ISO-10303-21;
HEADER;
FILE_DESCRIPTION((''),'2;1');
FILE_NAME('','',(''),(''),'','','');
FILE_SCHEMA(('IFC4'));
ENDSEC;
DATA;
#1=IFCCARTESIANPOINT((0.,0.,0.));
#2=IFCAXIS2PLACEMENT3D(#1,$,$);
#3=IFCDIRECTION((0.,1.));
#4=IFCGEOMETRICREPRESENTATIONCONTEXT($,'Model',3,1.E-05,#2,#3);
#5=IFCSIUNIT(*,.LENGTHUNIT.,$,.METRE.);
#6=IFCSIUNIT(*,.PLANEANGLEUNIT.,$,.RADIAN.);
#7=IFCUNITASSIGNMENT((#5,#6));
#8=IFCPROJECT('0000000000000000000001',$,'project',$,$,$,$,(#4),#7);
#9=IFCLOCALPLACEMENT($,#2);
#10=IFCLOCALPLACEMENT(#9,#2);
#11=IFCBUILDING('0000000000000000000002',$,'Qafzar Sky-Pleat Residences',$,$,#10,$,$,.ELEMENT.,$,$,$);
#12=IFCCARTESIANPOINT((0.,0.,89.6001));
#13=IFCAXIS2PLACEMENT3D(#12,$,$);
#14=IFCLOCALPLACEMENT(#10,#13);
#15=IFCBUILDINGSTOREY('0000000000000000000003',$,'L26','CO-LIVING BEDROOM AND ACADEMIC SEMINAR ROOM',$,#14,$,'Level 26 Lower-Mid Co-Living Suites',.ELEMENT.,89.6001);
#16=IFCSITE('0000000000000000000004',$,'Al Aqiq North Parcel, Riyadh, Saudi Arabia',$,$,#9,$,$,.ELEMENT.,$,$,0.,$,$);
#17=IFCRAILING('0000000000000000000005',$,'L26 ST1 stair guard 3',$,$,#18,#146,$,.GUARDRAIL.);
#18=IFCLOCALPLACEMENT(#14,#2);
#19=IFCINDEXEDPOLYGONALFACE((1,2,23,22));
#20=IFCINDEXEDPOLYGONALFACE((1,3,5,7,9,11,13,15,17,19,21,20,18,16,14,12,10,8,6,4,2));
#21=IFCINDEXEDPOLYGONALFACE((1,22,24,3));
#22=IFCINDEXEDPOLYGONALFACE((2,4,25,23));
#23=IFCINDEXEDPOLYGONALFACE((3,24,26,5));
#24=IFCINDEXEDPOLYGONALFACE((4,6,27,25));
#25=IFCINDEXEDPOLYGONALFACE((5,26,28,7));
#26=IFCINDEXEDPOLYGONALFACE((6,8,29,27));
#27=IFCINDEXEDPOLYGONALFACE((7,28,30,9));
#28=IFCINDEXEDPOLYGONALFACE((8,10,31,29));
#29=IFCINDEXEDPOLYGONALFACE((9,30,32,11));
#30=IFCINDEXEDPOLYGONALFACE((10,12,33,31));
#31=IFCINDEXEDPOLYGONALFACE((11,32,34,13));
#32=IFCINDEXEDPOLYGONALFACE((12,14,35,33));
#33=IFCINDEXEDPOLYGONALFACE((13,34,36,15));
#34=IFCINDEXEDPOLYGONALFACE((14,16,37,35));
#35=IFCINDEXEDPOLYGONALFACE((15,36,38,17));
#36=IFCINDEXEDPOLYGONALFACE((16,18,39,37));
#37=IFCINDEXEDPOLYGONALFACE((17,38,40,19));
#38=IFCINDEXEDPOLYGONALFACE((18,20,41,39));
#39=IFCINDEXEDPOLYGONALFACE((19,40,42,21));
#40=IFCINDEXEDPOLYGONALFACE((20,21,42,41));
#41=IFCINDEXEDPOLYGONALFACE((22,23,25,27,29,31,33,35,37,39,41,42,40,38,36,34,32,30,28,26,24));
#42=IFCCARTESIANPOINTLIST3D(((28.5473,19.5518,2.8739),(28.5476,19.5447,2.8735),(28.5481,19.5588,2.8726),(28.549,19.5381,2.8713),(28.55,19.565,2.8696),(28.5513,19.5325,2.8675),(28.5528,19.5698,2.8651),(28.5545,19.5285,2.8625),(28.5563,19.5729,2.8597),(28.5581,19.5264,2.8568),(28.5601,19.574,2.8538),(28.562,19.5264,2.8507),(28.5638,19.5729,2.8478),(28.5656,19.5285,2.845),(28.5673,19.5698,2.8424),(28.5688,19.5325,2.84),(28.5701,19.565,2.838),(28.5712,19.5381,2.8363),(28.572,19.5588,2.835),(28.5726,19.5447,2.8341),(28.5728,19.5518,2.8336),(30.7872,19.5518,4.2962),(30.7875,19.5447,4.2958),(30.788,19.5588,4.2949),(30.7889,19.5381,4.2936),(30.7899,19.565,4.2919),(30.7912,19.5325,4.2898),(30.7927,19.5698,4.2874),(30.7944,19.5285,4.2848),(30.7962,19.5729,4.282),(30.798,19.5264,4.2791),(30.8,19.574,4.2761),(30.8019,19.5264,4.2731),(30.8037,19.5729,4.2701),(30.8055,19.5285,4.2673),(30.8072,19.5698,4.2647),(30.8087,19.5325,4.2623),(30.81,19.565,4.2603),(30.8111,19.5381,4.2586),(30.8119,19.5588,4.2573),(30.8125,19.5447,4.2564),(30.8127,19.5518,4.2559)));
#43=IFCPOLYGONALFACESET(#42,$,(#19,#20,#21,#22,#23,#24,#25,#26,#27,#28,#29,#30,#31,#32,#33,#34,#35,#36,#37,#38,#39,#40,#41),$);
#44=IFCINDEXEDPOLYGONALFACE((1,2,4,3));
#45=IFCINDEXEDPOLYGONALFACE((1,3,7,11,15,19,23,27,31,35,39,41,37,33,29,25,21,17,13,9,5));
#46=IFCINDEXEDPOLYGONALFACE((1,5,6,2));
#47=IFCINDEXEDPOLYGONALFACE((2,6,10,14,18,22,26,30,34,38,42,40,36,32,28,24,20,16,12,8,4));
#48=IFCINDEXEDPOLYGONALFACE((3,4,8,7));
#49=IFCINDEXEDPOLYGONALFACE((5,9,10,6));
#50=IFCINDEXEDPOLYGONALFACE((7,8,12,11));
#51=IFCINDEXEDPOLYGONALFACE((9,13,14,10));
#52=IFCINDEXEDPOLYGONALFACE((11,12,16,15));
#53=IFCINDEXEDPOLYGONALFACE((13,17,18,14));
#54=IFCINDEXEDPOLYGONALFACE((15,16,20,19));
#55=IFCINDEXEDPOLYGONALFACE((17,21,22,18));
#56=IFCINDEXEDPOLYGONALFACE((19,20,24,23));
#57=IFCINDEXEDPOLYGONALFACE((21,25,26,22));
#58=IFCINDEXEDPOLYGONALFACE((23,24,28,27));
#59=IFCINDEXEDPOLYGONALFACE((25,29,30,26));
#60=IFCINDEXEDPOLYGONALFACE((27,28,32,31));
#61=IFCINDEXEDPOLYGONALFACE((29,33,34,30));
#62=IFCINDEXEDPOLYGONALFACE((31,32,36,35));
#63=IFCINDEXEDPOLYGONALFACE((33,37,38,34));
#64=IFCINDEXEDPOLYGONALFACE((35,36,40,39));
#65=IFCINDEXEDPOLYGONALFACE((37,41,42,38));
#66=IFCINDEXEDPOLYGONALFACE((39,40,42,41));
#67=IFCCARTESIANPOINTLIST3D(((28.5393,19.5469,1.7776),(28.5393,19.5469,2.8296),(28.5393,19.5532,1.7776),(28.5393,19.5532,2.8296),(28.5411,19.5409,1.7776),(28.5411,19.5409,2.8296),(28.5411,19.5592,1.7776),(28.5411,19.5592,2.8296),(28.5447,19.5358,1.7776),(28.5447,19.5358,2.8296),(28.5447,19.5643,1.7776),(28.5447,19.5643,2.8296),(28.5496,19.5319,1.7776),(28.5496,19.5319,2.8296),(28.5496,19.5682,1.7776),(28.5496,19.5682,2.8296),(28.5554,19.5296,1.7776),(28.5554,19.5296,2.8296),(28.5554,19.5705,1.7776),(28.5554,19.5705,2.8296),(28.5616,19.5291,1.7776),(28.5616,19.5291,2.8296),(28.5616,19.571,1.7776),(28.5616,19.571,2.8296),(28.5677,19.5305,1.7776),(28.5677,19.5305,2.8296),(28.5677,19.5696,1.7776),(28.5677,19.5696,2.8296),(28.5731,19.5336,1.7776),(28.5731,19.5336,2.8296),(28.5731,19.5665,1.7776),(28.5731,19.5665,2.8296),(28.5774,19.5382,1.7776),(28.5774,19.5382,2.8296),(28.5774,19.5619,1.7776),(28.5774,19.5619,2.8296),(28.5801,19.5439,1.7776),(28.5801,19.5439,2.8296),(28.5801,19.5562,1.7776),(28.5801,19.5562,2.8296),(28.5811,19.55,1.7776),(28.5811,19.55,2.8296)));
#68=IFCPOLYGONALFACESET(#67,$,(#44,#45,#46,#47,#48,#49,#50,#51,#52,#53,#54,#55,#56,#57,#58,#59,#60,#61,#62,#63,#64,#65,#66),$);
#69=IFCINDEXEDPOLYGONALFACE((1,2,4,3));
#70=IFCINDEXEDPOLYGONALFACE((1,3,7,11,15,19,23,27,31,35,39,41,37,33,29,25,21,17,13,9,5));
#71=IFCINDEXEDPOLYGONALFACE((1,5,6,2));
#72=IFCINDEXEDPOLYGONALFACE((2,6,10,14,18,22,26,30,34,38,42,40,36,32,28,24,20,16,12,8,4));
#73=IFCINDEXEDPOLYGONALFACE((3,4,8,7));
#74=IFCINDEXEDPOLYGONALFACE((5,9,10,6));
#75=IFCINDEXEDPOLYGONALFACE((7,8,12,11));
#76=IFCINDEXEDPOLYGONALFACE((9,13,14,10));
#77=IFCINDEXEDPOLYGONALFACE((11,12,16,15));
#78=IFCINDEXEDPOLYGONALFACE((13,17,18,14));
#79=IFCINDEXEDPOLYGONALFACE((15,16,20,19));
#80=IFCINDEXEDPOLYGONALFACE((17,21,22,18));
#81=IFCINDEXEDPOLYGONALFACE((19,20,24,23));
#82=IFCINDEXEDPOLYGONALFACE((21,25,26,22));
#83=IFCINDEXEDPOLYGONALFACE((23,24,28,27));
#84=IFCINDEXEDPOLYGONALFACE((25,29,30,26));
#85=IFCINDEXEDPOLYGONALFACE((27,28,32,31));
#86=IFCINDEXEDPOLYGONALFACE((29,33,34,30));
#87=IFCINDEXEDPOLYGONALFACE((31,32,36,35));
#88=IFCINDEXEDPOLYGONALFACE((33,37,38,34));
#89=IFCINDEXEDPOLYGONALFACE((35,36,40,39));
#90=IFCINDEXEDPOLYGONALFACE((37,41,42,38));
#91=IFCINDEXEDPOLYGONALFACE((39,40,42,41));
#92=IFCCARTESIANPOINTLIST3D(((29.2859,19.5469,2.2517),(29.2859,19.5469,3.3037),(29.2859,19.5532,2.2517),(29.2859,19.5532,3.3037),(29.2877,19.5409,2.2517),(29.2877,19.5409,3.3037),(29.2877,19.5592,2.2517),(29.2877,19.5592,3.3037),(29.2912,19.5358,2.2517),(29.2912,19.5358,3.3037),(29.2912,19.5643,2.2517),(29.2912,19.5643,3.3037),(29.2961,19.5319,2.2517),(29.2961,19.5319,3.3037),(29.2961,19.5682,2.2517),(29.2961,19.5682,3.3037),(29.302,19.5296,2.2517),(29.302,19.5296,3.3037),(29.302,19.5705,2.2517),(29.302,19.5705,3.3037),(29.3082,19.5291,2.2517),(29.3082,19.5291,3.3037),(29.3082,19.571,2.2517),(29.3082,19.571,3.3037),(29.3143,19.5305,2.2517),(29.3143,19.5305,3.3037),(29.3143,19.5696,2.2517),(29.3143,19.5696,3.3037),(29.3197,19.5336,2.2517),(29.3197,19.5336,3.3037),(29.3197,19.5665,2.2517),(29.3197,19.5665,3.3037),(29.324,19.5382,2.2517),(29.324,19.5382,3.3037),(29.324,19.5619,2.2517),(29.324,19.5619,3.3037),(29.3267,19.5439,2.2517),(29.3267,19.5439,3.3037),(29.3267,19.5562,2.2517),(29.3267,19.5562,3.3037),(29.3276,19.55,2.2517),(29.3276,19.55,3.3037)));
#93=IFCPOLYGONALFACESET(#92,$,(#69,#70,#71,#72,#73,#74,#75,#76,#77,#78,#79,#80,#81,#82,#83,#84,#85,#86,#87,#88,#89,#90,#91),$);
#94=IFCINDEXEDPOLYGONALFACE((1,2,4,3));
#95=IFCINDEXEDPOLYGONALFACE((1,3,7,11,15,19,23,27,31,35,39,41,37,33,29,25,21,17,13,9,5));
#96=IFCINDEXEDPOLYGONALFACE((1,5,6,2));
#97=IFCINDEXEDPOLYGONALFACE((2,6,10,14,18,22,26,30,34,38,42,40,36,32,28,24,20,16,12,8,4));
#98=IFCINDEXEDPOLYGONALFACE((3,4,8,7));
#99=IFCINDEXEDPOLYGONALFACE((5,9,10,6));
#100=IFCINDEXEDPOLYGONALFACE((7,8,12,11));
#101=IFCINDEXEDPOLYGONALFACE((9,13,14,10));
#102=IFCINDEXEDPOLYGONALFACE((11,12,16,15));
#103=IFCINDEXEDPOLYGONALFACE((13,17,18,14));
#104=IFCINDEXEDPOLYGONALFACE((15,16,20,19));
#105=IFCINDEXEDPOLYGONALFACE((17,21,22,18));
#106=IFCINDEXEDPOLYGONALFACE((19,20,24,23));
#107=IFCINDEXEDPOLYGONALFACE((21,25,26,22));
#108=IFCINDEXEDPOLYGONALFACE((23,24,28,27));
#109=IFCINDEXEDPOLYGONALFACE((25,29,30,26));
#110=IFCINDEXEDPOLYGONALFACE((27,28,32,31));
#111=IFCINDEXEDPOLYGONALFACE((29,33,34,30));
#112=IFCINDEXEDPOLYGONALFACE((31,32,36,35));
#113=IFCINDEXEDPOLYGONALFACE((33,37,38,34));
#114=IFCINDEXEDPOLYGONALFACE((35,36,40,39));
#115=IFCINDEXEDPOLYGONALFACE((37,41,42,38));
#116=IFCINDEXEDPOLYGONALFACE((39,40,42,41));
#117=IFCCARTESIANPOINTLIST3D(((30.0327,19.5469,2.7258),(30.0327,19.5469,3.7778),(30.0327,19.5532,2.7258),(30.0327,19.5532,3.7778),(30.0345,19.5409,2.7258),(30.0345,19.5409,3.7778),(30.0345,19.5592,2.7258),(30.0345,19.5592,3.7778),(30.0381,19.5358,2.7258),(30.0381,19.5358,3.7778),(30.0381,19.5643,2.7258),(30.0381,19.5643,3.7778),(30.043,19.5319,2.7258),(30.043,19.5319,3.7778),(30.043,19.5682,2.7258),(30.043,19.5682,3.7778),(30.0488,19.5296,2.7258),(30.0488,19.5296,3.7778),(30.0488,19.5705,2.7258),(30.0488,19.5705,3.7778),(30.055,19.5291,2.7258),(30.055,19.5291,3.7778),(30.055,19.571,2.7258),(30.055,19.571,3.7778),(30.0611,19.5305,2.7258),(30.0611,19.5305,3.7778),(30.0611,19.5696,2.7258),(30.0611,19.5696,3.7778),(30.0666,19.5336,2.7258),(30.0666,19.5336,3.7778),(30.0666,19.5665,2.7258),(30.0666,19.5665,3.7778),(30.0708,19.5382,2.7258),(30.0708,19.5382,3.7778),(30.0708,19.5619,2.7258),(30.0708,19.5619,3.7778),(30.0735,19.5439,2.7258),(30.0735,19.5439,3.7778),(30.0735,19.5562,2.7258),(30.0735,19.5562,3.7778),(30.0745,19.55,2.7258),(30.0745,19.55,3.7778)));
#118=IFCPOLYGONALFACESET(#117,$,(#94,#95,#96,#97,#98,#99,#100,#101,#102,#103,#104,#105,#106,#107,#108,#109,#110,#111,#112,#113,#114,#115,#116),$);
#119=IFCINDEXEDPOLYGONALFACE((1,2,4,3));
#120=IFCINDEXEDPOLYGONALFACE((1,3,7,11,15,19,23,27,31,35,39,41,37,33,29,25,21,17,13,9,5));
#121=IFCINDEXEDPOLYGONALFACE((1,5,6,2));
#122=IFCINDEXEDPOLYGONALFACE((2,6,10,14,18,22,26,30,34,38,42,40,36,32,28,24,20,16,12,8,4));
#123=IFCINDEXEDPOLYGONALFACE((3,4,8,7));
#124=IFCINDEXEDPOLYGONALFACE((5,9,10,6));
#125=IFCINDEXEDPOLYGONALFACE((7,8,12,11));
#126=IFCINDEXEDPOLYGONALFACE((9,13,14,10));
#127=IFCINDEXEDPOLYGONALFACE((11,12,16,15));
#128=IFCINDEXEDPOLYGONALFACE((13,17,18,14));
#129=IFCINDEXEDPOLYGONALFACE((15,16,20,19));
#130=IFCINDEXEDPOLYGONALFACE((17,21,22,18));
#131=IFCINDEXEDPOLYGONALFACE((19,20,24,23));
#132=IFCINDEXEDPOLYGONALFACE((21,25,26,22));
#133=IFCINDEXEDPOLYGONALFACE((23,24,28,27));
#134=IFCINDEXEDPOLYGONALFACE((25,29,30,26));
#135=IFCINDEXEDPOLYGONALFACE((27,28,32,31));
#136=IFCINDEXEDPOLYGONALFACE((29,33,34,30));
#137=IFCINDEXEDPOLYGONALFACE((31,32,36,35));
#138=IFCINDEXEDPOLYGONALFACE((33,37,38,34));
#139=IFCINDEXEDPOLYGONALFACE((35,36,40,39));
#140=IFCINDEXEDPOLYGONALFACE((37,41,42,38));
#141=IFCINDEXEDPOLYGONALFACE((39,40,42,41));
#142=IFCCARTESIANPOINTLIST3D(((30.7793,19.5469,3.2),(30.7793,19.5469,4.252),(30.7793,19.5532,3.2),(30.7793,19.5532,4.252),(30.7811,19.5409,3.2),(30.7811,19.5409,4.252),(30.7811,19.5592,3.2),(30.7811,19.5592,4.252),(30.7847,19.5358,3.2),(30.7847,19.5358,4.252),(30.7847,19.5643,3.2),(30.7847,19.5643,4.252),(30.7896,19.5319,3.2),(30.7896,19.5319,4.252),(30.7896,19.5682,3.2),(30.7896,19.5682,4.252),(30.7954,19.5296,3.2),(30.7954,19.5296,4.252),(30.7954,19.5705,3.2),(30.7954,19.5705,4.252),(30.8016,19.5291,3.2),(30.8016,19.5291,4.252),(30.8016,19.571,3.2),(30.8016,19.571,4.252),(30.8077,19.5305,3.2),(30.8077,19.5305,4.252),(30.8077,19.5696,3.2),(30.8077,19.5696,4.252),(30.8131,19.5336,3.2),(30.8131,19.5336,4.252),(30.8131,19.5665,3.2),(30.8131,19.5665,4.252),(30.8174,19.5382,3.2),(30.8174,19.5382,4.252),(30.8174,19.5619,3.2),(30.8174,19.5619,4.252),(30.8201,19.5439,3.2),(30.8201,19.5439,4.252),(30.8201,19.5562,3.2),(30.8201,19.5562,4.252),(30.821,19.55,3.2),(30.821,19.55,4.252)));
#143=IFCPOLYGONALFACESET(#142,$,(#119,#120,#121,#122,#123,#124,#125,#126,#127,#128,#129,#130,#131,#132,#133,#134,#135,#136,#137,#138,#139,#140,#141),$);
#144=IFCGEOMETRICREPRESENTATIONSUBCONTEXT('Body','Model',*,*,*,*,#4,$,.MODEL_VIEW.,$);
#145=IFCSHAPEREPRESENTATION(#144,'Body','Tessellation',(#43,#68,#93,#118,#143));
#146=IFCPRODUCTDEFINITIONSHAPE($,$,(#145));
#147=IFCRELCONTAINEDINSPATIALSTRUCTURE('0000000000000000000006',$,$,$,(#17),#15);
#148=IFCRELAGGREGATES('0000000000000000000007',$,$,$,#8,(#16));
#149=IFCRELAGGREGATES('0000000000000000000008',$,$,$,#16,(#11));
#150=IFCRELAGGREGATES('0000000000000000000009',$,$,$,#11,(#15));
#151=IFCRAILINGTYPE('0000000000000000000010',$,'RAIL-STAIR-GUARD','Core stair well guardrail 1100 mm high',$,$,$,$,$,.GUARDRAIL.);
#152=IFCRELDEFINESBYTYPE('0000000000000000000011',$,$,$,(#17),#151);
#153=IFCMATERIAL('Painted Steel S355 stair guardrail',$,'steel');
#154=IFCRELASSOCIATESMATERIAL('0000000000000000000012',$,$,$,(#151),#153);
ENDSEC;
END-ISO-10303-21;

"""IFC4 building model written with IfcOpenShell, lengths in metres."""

from ifc_helpers import new_model, si_unit, direction, frame, origin, origin_2d, place, context, subcontext, project, spatial, circle, extrude, source, transform, mapped, material, type_object, element, save


model = new_model("IFC4")

# Units and contexts
model_context = context("Model", 3, precision=1e-05, world=origin(), true_north=direction((0.0, 1.0)))
body_context = subcontext(model_context, "Body", "Model", "MODEL_VIEW")
ifc_project = project(units=[si_unit("LENGTHUNIT", "METRE"), si_unit("PLANEANGLEUNIT", "RADIAN")], contexts=[model_context])

# Site, building, storey
site_placement = place(None, origin())
site = spatial("IfcSite", under=ifc_project, at=site_placement, Name="Al Aqiq North Parcel, Riyadh, Saudi Arabia", CompositionType="ELEMENT", RefElevation=0.0)
building_placement = place(site_placement, origin())
building = spatial("IfcBuilding", under=site, at=building_placement, Name="Qafzar Sky-Pleat Residences", CompositionType="ELEMENT")
storey_placement = place(building_placement, frame((0.0, 0.0, 89.6001)))
storey = spatial("IfcBuildingStorey", under=building, at=storey_placement, Name="L26", Description="CO-LIVING BEDROOM AND ACADEMIC SEMINAR ROOM", LongName="Level 26 Lower-Mid Co-Living Suites", CompositionType="ELEMENT", Elevation=89.6001)

# Railing
ifc_material_1 = material(Name="Painted Steel S355 stair guardrail", Category="steel")
railing_type_1 = type_object("IfcRailingType", Name="RAIL-STAIR-GUARD", Description="Core stair well guardrail 1100 mm high", PredefinedType="GUARDRAIL", material=ifc_material_1)
shared_shape_1 = source(origin(), body_context, "Body", "SweptSolid", [
    extrude(circle(Radius=0.0239, at=origin_2d()), frame((0.0, 0.0, 1.0762), z_axis=(0.844188, 0.0, 0.536048), x_axis=(0.0, 1.0, 0.0)), (0.0, 0.0, 1.0), 2.6533),
    extrude(circle(Radius=0.021, at=origin_2d()), origin(), (0.0, 0.0, 1.0), 1.052),
    extrude(circle(Radius=0.021, at=origin_2d()), frame((0.7466, 0.0, 0.4741)), (0.0, 0.0, 1.0), 1.052),
    extrude(circle(Radius=0.021, at=origin_2d()), frame((1.4934, 0.0, 0.9482)), (0.0, 0.0, 1.0), 1.052),
    extrude(circle(Radius=0.021, at=origin_2d()), frame((2.24, 0.0, 1.4224)), (0.0, 0.0, 1.0), 1.052),
])
railing_1_placement = place(storey_placement, frame((28.5601, 19.55, 1.7776)))
element("IfcRailing", 1, at=railing_1_placement, inside=storey, type_object=railing_type_1, Name="L26 ST1 stair guard 3", PredefinedType="GUARDRAIL", context=body_context, shape_type="MappedRepresentation", body=[
    mapped(shared_shape_1, transform((0.0, 0.0, 0.0), x_axis=(1.0, 0.0, 0.0), y_axis=(0.0, 1.0, 0.0), z_axis=(0.0, 0.0, 1.0), scale=1.0)),
])

save(model, "model.ifc")
